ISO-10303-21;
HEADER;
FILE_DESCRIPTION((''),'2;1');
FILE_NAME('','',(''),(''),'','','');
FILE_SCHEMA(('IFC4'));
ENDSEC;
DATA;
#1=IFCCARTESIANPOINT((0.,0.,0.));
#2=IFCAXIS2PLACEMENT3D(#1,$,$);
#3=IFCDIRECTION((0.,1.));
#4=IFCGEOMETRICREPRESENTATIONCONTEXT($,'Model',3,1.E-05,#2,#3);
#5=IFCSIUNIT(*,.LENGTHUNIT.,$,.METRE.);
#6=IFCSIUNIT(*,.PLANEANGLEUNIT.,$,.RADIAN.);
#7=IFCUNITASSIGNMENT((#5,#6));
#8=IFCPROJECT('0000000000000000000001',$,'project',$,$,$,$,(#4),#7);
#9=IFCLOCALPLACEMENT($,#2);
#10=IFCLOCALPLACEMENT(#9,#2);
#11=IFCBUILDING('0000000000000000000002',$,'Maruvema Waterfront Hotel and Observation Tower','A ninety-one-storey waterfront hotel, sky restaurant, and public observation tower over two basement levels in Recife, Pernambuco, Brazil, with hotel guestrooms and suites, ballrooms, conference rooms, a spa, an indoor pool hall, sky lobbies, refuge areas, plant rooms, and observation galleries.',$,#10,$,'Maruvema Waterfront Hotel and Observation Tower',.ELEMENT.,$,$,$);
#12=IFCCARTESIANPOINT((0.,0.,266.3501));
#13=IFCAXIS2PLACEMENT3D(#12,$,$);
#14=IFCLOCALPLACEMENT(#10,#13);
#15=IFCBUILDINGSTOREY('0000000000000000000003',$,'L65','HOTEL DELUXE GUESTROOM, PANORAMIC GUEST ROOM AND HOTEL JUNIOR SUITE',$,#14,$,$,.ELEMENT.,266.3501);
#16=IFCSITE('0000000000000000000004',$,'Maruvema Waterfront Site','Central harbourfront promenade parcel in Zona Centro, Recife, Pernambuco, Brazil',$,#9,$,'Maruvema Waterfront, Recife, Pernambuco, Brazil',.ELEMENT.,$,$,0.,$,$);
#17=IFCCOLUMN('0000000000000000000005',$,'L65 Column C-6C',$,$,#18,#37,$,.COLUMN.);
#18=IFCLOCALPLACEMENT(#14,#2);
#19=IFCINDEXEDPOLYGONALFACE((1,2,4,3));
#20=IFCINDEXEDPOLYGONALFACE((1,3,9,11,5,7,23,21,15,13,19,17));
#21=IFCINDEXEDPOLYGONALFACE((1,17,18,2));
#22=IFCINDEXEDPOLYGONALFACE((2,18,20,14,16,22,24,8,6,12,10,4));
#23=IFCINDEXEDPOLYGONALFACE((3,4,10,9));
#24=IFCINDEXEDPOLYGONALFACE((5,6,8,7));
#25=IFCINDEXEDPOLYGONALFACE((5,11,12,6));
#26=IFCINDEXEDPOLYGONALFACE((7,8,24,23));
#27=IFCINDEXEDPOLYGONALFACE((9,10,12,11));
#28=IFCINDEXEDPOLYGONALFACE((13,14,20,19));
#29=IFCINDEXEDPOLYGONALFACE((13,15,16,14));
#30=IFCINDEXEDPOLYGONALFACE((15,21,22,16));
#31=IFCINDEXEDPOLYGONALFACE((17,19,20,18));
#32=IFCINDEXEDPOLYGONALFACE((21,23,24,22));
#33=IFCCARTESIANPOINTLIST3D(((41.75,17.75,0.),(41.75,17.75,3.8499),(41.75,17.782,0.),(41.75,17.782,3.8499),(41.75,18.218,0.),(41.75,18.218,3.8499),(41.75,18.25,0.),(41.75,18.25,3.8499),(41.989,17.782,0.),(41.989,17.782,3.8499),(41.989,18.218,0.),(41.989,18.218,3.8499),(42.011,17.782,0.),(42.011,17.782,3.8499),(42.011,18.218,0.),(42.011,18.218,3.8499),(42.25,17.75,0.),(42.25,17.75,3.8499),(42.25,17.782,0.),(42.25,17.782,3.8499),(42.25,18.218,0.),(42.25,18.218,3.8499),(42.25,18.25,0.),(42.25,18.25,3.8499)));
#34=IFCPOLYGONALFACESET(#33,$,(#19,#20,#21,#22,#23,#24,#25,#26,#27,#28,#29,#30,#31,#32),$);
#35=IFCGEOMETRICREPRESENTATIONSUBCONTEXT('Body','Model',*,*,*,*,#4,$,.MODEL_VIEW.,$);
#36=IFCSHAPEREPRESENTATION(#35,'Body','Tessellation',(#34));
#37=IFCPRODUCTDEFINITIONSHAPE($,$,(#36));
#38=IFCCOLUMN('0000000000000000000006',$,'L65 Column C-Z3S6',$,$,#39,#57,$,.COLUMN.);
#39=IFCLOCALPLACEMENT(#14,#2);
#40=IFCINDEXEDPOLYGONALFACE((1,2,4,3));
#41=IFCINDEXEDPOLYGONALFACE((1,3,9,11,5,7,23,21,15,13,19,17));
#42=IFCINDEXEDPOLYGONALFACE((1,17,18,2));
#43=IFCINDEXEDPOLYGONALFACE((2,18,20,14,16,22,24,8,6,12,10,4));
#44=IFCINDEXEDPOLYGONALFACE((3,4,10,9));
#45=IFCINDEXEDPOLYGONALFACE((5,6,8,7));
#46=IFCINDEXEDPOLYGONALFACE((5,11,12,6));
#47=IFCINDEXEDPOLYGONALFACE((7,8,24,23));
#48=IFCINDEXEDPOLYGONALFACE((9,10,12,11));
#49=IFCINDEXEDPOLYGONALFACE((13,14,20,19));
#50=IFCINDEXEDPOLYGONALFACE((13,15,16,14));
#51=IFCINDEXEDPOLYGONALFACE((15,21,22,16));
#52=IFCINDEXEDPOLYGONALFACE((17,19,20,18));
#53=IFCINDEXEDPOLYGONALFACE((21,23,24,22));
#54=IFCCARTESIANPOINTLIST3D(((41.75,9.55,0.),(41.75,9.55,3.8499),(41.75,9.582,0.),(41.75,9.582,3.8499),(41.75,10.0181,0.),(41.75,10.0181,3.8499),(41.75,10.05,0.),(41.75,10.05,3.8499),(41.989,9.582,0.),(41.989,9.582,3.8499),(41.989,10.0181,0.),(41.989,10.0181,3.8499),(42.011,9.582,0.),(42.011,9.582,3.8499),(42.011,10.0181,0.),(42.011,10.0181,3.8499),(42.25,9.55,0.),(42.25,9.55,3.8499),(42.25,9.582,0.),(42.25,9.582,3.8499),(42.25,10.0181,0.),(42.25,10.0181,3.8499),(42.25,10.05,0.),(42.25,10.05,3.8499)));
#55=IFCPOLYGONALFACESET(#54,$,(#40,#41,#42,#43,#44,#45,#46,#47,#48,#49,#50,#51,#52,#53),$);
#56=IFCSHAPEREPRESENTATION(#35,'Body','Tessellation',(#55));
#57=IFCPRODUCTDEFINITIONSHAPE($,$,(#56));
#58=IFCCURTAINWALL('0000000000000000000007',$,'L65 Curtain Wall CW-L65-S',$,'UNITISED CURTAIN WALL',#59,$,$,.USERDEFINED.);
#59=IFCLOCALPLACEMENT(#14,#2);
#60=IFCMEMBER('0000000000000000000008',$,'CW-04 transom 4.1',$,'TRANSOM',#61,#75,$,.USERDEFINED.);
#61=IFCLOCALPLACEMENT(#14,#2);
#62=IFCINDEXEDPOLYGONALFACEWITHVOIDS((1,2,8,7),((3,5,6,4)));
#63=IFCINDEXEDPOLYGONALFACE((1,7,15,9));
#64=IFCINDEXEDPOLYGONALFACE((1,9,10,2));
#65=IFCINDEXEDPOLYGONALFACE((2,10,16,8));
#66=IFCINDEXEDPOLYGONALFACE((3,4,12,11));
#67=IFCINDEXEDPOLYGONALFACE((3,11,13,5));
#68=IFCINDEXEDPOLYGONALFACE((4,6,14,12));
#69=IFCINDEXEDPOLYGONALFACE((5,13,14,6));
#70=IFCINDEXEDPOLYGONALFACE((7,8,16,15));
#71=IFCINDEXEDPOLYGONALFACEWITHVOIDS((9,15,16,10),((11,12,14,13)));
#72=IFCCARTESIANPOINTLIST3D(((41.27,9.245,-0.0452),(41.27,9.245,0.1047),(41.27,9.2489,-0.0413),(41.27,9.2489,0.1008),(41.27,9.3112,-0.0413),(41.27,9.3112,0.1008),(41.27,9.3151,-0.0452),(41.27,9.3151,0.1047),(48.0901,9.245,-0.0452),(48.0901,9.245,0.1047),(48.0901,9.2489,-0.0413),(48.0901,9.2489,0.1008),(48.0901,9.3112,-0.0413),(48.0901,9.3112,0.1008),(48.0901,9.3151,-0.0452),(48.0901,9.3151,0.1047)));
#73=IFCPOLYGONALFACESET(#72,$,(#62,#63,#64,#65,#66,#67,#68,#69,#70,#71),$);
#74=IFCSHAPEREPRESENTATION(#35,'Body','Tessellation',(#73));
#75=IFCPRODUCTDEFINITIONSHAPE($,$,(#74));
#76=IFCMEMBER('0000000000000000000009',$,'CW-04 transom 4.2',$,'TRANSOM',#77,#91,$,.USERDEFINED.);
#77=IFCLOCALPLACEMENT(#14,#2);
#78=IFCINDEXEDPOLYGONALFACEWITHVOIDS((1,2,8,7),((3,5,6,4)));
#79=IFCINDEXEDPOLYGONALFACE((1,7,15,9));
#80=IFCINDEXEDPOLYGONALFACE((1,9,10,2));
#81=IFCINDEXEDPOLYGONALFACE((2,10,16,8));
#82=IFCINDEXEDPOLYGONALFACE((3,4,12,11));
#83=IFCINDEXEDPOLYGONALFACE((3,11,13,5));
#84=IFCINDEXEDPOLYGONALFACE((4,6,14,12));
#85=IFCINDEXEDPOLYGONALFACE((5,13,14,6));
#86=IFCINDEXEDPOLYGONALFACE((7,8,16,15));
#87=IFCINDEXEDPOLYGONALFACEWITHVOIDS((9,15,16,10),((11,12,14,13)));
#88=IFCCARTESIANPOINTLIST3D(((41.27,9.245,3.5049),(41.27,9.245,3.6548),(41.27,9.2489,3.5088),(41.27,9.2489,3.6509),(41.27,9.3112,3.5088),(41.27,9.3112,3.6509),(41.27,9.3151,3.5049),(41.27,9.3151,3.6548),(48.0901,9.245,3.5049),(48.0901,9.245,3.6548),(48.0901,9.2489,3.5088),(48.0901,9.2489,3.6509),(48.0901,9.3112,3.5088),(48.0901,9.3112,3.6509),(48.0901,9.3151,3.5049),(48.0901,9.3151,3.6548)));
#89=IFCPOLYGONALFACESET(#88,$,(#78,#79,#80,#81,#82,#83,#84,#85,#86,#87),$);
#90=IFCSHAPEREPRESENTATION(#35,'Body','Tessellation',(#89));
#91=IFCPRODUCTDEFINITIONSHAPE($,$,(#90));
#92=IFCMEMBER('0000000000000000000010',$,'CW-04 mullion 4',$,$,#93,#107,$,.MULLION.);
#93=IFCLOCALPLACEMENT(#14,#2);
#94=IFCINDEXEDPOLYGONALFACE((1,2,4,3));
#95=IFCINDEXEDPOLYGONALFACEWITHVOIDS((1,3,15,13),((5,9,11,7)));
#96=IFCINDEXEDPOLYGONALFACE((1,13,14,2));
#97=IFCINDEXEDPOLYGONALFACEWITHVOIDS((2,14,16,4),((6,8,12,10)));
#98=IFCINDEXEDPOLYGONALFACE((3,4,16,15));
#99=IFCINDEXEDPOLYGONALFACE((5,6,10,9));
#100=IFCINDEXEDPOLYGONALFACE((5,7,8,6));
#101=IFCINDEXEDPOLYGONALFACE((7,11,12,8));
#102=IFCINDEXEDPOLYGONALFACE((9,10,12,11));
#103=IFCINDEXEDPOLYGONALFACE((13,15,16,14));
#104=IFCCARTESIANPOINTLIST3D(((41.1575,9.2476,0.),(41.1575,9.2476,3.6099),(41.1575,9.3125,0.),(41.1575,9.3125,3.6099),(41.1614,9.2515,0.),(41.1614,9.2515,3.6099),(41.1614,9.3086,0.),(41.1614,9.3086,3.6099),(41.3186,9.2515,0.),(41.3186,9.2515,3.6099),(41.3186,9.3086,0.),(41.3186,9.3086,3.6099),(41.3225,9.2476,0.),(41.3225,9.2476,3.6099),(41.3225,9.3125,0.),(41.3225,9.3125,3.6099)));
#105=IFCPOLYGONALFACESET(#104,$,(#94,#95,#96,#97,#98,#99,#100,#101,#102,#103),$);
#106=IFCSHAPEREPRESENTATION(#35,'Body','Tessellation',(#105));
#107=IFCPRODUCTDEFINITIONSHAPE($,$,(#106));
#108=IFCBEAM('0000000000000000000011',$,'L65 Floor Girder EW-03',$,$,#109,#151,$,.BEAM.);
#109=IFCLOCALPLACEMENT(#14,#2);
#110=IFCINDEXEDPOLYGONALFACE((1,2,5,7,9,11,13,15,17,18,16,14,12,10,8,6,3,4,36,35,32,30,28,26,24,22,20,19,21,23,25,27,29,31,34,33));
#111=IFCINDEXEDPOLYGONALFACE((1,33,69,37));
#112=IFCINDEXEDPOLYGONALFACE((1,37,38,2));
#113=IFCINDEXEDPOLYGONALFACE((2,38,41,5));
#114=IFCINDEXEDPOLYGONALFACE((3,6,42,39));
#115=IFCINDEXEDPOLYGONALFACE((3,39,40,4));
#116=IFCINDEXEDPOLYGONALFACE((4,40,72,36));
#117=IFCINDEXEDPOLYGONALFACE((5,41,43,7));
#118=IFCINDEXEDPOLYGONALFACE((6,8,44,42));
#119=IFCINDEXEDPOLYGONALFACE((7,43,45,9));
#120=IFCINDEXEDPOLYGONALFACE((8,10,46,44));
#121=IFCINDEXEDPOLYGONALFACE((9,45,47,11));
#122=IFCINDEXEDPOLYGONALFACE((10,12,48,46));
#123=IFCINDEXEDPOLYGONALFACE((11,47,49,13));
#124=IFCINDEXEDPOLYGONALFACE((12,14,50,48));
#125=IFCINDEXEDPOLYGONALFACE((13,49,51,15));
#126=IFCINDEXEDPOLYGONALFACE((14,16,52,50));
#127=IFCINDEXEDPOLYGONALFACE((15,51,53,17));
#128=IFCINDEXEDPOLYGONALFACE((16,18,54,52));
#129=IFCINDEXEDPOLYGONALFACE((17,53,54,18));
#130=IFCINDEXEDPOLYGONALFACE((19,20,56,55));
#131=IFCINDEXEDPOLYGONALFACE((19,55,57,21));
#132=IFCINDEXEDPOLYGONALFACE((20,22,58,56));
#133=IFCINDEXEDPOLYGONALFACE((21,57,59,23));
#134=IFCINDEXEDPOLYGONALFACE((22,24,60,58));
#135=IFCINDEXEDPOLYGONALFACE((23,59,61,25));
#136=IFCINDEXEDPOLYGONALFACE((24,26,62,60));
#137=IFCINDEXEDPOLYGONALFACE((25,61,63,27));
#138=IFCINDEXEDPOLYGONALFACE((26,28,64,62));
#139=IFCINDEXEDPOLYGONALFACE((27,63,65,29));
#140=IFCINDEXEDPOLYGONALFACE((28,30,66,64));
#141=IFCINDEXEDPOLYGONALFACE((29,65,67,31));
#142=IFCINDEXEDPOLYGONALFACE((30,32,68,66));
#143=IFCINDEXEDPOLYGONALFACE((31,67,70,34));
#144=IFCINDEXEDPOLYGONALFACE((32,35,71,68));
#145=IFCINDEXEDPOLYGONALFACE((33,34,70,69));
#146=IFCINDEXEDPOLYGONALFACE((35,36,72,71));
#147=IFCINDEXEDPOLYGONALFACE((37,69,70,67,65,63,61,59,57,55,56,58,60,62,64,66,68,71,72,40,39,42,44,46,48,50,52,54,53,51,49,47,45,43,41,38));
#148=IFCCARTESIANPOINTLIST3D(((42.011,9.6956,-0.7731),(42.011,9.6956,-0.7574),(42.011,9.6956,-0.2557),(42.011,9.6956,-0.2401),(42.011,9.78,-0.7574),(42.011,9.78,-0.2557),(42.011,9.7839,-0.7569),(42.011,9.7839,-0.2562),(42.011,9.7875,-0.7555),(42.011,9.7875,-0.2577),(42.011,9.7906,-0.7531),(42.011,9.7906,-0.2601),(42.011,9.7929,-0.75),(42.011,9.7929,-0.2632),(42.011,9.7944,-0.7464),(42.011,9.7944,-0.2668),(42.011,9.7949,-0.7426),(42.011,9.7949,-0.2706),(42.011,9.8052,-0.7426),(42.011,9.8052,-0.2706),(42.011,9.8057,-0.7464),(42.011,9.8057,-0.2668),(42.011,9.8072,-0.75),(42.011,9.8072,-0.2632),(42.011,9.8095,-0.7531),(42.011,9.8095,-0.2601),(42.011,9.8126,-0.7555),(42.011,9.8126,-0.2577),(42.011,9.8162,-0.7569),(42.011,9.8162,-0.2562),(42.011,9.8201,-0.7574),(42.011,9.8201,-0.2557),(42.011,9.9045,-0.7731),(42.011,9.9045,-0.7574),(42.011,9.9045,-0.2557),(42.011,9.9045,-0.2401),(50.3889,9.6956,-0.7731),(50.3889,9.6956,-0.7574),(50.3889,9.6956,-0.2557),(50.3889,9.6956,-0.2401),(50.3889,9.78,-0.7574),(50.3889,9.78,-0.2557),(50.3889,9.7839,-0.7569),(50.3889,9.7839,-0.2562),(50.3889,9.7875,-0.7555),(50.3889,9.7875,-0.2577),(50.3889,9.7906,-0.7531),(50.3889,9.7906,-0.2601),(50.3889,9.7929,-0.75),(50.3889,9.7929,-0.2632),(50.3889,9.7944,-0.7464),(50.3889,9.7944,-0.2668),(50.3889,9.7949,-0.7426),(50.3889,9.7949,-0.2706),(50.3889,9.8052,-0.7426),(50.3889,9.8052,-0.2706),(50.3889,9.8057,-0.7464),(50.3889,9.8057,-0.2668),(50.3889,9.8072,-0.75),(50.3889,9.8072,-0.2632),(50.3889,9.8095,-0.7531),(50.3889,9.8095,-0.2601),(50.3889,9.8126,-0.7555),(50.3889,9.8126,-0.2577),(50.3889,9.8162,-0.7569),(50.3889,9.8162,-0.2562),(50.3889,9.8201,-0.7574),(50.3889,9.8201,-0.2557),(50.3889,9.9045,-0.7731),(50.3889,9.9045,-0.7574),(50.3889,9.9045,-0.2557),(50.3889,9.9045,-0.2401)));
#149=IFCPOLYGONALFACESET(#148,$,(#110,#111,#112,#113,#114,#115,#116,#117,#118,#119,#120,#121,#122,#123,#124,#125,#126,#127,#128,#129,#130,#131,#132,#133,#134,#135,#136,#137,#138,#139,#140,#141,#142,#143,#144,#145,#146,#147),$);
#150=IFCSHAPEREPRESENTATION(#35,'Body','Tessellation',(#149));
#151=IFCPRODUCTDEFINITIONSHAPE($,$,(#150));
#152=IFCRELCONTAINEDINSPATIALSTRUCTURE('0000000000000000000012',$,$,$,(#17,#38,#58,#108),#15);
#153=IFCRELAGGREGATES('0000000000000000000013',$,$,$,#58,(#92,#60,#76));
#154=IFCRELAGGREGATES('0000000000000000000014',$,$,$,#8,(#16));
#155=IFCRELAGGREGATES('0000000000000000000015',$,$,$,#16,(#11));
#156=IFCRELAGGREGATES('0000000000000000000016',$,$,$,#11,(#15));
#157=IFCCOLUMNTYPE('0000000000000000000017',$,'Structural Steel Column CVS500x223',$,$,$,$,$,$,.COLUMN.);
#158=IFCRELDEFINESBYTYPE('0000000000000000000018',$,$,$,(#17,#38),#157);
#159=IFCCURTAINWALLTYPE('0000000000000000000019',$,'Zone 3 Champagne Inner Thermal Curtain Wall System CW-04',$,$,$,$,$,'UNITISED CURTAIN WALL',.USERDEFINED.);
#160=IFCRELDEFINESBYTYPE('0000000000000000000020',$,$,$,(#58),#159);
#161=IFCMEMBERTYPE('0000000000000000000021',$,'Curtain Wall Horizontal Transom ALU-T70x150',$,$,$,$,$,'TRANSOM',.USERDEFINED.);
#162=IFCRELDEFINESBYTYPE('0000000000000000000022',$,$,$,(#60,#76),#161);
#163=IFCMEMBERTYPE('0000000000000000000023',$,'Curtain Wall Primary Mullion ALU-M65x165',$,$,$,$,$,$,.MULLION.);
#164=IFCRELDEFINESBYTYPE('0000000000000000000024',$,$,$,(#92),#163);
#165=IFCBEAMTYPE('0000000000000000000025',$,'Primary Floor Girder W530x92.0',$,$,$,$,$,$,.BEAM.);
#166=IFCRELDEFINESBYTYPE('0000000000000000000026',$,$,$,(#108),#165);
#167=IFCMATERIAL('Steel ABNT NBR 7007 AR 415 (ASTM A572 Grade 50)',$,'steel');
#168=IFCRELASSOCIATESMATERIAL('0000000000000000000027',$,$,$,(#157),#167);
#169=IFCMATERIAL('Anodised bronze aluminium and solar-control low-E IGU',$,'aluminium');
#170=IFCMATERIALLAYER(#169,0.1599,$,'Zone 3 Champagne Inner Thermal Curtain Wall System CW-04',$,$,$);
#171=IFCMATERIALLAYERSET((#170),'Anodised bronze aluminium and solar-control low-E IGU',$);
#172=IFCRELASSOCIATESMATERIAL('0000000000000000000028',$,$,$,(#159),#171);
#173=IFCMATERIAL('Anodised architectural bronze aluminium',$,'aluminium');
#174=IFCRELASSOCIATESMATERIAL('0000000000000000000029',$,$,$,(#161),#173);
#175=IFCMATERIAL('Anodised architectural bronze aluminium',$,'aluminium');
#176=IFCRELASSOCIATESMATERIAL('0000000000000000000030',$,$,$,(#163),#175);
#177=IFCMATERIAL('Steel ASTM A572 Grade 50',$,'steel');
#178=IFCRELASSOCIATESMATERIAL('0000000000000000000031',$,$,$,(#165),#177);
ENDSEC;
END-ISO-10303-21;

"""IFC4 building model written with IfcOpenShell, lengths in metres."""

from ifc_helpers import new_model, si_unit, direction, frame, origin, origin_2d, place, context, subcontext, project, spatial, hollow_rectangle, i_section, extrude, material, layer, layer_set, material_profile, profile_set, type_object, element, aggregate, save


model = new_model("IFC4")

# Units and contexts
model_context = context("Model", 3, precision=1e-05, world=origin(), true_north=direction((0.0, 1.0)))
body_context = subcontext(model_context, "Body", "Model", "MODEL_VIEW")
ifc_project = project(units=[si_unit("LENGTHUNIT", "METRE"), si_unit("PLANEANGLEUNIT", "RADIAN")], contexts=[model_context])

# Site, building, storey
site_placement = place(None, origin())
site = spatial("IfcSite", under=ifc_project, at=site_placement, Name="Maruvema Waterfront Site", Description="Central harbourfront promenade parcel in Zona Centro, Recife, Pernambuco, Brazil", LongName="Maruvema Waterfront, Recife, Pernambuco, Brazil", CompositionType="ELEMENT", RefElevation=0.0)
building_placement = place(site_placement, origin())
building = spatial("IfcBuilding", under=site, at=building_placement, Name="Maruvema Waterfront Hotel and Observation Tower", Description="A ninety-one-storey waterfront hotel, sky restaurant, and public observation tower over two basement levels in Recife, Pernambuco, Brazil, with hotel guestrooms and suites, ballrooms, conference rooms, a spa, an indoor pool hall, sky lobbies, refuge areas, plant rooms, and observation galleries.", LongName="Maruvema Waterfront Hotel and Observation Tower", CompositionType="ELEMENT")
storey_placement = place(building_placement, frame((0.0, 0.0, 266.3501)))
storey = spatial("IfcBuildingStorey", under=building, at=storey_placement, Name="L65", Description="HOTEL DELUXE GUESTROOM, PANORAMIC GUEST ROOM AND HOTEL JUNIOR SUITE", CompositionType="ELEMENT", Elevation=266.3501)

# Columns
ifc_material_1 = material(Name="Steel ABNT NBR 7007 AR 415 (ASTM A572 Grade 50)", Category="steel")
ifc_material_profile_1 = material_profile(ifc_material_1, i_section(OverallWidth=0.5, OverallDepth=0.5, WebThickness=0.022, FlangeThickness=0.032, at=origin_2d()), Name="CVS500x223")
ifc_profile_set_1 = profile_set([ifc_material_profile_1], Name="Steel ABNT NBR 7007 AR 415 (ASTM A572 Grade 50)")
column_type = type_object("IfcColumnType", Name="Structural Steel Column CVS500x223", PredefinedType="COLUMN", material=ifc_profile_set_1)
for number, where, z_axis, x_axis, name in (
    (1, (42.0, 18.0, 0.0), (0.0, 0.0, 1.0), (1.0, 0.0, 0.0), "L65 Column C-6C"),
    (2, (42.0, 9.8, 0.0), (0.0, 0.0, 1.0), (1.0, 0.0, 0.0), "L65 Column C-Z3S6"),
):
    element("IfcColumn", number, at=place(storey_placement, frame(where, z_axis=z_axis, x_axis=x_axis)), inside=storey, type_object=column_type, Name=name, PredefinedType="COLUMN", context=body_context, shape_type="SweptSolid", body=[
        extrude(i_section(OverallWidth=0.5, OverallDepth=0.5, WebThickness=0.022, FlangeThickness=0.032, at=origin_2d()), origin(), (0.0, 0.0, 1.0), 3.8499),
    ])

# Curtain wall, members
ifc_material_2 = material(Name="Anodised bronze aluminium and solar-control low-E IGU", Category="aluminium")
ifc_layer_1 = layer(ifc_material_2, 0.1599, Name="Zone 3 Champagne Inner Thermal Curtain Wall System CW-04")
ifc_layer_set_1 = layer_set([ifc_layer_1], Name="Anodised bronze aluminium and solar-control low-E IGU")
curtain_wall_type = type_object("IfcCurtainWallType", Name="Zone 3 Champagne Inner Thermal Curtain Wall System CW-04", ElementType="UNITISED CURTAIN WALL", PredefinedType="USERDEFINED", material=ifc_layer_set_1)
curtain_wall_placement = place(storey_placement, origin())
curtain_wall = element("IfcCurtainWall", 3, at=curtain_wall_placement, inside=storey, type_object=curtain_wall_type, Name="L65 Curtain Wall CW-L65-S", ObjectType="UNITISED CURTAIN WALL", PredefinedType="USERDEFINED")
ifc_material_3 = material(Name="Anodised architectural bronze aluminium", Category="aluminium")
ifc_material_profile_2 = material_profile(ifc_material_3, hollow_rectangle(XDim=0.0701, YDim=0.1499, WallThickness=0.0039, at=origin_2d()), Name="ALU-T70x150")
ifc_profile_set_2 = profile_set([ifc_material_profile_2], Name="Anodised architectural bronze aluminium")
member_type_1 = type_object("IfcMemberType", Name="Curtain Wall Horizontal Transom ALU-T70x150", ElementType="TRANSOM", PredefinedType="USERDEFINED", material=ifc_profile_set_2)
member_1_placement = place(storey_placement, frame((41.27, 9.28, 0.0298), z_axis=(1.0, 0.0, 0.0), x_axis=(0.0, 1.0, 0.0)))
member_1 = element("IfcMember", 4, at=member_1_placement, type_object=member_type_1, Name="CW-04 transom 4.1", ObjectType="TRANSOM", PredefinedType="USERDEFINED", context=body_context, shape_type="SweptSolid", body=[
    extrude(hollow_rectangle(XDim=0.0701, YDim=0.1499, WallThickness=0.0039, at=origin_2d()), origin(), (0.0, 0.0, 1.0), 6.8201),
])
member_2_placement = place(storey_placement, frame((41.27, 9.28, 3.5798), z_axis=(1.0, 0.0, 0.0), x_axis=(0.0, 1.0, 0.0)))
member_2 = element("IfcMember", 5, at=member_2_placement, type_object=member_type_1, Name="CW-04 transom 4.2", ObjectType="TRANSOM", PredefinedType="USERDEFINED", context=body_context, shape_type="SweptSolid", body=[
    extrude(hollow_rectangle(XDim=0.0701, YDim=0.1499, WallThickness=0.0039, at=origin_2d()), origin(), (0.0, 0.0, 1.0), 6.8201),
])
ifc_material_4 = material(Name="Anodised architectural bronze aluminium", Category="aluminium")
ifc_material_profile_3 = material_profile(ifc_material_4, hollow_rectangle(XDim=0.0649, YDim=0.165, WallThickness=0.0039, at=origin_2d()), Name="ALU-M65x165")
ifc_profile_set_3 = profile_set([ifc_material_profile_3], Name="Anodised architectural bronze aluminium")
member_type_2 = type_object("IfcMemberType", Name="Curtain Wall Primary Mullion ALU-M65x165", PredefinedType="MULLION", material=ifc_profile_set_3)
member_3_placement = place(storey_placement, frame((41.24, 9.28, 0.0), z_axis=(0.0, 0.0, 1.0), x_axis=(0.0, 1.0, 0.0)))
member_3 = element("IfcMember", 6, at=member_3_placement, type_object=member_type_2, Name="CW-04 mullion 4", PredefinedType="MULLION", context=body_context, shape_type="SweptSolid", body=[
    extrude(hollow_rectangle(XDim=0.0649, YDim=0.165, WallThickness=0.0039, at=origin_2d()), origin(), (0.0, 0.0, 1.0), 3.6099),
])

# Beam
ifc_material_5 = material(Name="Steel ASTM A572 Grade 50", Category="steel")
ifc_material_profile_4 = material_profile(ifc_material_5, i_section(OverallWidth=0.209, OverallDepth=0.533, WebThickness=0.0103, FlangeThickness=0.0156, FilletRadius=0.0149, at=origin_2d()), Name="W530x92.0")
ifc_profile_set_4 = profile_set([ifc_material_profile_4], Name="Steel ASTM A572 Grade 50")
beam_type_1 = type_object("IfcBeamType", Name="Primary Floor Girder W530x92.0", PredefinedType="BEAM", material=ifc_profile_set_4)
beam_1_placement = place(storey_placement, frame((42.011, 9.8, -0.5066), z_axis=(1.0, 0.0, 0.0), x_axis=(0.0, 1.0, 0.0)))
element("IfcBeam", 7, at=beam_1_placement, inside=storey, type_object=beam_type_1, Name="L65 Floor Girder EW-03", PredefinedType="BEAM", context=body_context, shape_type="SweptSolid", body=[
    extrude(i_section(OverallWidth=0.209, OverallDepth=0.533, WebThickness=0.0103, FlangeThickness=0.0156, FilletRadius=0.0149, at=origin_2d()), origin(), (0.0, 0.0, 1.0), 8.3779),
])

aggregate(curtain_wall, [member_3, member_1, member_2])

save(model, "model.ifc")
